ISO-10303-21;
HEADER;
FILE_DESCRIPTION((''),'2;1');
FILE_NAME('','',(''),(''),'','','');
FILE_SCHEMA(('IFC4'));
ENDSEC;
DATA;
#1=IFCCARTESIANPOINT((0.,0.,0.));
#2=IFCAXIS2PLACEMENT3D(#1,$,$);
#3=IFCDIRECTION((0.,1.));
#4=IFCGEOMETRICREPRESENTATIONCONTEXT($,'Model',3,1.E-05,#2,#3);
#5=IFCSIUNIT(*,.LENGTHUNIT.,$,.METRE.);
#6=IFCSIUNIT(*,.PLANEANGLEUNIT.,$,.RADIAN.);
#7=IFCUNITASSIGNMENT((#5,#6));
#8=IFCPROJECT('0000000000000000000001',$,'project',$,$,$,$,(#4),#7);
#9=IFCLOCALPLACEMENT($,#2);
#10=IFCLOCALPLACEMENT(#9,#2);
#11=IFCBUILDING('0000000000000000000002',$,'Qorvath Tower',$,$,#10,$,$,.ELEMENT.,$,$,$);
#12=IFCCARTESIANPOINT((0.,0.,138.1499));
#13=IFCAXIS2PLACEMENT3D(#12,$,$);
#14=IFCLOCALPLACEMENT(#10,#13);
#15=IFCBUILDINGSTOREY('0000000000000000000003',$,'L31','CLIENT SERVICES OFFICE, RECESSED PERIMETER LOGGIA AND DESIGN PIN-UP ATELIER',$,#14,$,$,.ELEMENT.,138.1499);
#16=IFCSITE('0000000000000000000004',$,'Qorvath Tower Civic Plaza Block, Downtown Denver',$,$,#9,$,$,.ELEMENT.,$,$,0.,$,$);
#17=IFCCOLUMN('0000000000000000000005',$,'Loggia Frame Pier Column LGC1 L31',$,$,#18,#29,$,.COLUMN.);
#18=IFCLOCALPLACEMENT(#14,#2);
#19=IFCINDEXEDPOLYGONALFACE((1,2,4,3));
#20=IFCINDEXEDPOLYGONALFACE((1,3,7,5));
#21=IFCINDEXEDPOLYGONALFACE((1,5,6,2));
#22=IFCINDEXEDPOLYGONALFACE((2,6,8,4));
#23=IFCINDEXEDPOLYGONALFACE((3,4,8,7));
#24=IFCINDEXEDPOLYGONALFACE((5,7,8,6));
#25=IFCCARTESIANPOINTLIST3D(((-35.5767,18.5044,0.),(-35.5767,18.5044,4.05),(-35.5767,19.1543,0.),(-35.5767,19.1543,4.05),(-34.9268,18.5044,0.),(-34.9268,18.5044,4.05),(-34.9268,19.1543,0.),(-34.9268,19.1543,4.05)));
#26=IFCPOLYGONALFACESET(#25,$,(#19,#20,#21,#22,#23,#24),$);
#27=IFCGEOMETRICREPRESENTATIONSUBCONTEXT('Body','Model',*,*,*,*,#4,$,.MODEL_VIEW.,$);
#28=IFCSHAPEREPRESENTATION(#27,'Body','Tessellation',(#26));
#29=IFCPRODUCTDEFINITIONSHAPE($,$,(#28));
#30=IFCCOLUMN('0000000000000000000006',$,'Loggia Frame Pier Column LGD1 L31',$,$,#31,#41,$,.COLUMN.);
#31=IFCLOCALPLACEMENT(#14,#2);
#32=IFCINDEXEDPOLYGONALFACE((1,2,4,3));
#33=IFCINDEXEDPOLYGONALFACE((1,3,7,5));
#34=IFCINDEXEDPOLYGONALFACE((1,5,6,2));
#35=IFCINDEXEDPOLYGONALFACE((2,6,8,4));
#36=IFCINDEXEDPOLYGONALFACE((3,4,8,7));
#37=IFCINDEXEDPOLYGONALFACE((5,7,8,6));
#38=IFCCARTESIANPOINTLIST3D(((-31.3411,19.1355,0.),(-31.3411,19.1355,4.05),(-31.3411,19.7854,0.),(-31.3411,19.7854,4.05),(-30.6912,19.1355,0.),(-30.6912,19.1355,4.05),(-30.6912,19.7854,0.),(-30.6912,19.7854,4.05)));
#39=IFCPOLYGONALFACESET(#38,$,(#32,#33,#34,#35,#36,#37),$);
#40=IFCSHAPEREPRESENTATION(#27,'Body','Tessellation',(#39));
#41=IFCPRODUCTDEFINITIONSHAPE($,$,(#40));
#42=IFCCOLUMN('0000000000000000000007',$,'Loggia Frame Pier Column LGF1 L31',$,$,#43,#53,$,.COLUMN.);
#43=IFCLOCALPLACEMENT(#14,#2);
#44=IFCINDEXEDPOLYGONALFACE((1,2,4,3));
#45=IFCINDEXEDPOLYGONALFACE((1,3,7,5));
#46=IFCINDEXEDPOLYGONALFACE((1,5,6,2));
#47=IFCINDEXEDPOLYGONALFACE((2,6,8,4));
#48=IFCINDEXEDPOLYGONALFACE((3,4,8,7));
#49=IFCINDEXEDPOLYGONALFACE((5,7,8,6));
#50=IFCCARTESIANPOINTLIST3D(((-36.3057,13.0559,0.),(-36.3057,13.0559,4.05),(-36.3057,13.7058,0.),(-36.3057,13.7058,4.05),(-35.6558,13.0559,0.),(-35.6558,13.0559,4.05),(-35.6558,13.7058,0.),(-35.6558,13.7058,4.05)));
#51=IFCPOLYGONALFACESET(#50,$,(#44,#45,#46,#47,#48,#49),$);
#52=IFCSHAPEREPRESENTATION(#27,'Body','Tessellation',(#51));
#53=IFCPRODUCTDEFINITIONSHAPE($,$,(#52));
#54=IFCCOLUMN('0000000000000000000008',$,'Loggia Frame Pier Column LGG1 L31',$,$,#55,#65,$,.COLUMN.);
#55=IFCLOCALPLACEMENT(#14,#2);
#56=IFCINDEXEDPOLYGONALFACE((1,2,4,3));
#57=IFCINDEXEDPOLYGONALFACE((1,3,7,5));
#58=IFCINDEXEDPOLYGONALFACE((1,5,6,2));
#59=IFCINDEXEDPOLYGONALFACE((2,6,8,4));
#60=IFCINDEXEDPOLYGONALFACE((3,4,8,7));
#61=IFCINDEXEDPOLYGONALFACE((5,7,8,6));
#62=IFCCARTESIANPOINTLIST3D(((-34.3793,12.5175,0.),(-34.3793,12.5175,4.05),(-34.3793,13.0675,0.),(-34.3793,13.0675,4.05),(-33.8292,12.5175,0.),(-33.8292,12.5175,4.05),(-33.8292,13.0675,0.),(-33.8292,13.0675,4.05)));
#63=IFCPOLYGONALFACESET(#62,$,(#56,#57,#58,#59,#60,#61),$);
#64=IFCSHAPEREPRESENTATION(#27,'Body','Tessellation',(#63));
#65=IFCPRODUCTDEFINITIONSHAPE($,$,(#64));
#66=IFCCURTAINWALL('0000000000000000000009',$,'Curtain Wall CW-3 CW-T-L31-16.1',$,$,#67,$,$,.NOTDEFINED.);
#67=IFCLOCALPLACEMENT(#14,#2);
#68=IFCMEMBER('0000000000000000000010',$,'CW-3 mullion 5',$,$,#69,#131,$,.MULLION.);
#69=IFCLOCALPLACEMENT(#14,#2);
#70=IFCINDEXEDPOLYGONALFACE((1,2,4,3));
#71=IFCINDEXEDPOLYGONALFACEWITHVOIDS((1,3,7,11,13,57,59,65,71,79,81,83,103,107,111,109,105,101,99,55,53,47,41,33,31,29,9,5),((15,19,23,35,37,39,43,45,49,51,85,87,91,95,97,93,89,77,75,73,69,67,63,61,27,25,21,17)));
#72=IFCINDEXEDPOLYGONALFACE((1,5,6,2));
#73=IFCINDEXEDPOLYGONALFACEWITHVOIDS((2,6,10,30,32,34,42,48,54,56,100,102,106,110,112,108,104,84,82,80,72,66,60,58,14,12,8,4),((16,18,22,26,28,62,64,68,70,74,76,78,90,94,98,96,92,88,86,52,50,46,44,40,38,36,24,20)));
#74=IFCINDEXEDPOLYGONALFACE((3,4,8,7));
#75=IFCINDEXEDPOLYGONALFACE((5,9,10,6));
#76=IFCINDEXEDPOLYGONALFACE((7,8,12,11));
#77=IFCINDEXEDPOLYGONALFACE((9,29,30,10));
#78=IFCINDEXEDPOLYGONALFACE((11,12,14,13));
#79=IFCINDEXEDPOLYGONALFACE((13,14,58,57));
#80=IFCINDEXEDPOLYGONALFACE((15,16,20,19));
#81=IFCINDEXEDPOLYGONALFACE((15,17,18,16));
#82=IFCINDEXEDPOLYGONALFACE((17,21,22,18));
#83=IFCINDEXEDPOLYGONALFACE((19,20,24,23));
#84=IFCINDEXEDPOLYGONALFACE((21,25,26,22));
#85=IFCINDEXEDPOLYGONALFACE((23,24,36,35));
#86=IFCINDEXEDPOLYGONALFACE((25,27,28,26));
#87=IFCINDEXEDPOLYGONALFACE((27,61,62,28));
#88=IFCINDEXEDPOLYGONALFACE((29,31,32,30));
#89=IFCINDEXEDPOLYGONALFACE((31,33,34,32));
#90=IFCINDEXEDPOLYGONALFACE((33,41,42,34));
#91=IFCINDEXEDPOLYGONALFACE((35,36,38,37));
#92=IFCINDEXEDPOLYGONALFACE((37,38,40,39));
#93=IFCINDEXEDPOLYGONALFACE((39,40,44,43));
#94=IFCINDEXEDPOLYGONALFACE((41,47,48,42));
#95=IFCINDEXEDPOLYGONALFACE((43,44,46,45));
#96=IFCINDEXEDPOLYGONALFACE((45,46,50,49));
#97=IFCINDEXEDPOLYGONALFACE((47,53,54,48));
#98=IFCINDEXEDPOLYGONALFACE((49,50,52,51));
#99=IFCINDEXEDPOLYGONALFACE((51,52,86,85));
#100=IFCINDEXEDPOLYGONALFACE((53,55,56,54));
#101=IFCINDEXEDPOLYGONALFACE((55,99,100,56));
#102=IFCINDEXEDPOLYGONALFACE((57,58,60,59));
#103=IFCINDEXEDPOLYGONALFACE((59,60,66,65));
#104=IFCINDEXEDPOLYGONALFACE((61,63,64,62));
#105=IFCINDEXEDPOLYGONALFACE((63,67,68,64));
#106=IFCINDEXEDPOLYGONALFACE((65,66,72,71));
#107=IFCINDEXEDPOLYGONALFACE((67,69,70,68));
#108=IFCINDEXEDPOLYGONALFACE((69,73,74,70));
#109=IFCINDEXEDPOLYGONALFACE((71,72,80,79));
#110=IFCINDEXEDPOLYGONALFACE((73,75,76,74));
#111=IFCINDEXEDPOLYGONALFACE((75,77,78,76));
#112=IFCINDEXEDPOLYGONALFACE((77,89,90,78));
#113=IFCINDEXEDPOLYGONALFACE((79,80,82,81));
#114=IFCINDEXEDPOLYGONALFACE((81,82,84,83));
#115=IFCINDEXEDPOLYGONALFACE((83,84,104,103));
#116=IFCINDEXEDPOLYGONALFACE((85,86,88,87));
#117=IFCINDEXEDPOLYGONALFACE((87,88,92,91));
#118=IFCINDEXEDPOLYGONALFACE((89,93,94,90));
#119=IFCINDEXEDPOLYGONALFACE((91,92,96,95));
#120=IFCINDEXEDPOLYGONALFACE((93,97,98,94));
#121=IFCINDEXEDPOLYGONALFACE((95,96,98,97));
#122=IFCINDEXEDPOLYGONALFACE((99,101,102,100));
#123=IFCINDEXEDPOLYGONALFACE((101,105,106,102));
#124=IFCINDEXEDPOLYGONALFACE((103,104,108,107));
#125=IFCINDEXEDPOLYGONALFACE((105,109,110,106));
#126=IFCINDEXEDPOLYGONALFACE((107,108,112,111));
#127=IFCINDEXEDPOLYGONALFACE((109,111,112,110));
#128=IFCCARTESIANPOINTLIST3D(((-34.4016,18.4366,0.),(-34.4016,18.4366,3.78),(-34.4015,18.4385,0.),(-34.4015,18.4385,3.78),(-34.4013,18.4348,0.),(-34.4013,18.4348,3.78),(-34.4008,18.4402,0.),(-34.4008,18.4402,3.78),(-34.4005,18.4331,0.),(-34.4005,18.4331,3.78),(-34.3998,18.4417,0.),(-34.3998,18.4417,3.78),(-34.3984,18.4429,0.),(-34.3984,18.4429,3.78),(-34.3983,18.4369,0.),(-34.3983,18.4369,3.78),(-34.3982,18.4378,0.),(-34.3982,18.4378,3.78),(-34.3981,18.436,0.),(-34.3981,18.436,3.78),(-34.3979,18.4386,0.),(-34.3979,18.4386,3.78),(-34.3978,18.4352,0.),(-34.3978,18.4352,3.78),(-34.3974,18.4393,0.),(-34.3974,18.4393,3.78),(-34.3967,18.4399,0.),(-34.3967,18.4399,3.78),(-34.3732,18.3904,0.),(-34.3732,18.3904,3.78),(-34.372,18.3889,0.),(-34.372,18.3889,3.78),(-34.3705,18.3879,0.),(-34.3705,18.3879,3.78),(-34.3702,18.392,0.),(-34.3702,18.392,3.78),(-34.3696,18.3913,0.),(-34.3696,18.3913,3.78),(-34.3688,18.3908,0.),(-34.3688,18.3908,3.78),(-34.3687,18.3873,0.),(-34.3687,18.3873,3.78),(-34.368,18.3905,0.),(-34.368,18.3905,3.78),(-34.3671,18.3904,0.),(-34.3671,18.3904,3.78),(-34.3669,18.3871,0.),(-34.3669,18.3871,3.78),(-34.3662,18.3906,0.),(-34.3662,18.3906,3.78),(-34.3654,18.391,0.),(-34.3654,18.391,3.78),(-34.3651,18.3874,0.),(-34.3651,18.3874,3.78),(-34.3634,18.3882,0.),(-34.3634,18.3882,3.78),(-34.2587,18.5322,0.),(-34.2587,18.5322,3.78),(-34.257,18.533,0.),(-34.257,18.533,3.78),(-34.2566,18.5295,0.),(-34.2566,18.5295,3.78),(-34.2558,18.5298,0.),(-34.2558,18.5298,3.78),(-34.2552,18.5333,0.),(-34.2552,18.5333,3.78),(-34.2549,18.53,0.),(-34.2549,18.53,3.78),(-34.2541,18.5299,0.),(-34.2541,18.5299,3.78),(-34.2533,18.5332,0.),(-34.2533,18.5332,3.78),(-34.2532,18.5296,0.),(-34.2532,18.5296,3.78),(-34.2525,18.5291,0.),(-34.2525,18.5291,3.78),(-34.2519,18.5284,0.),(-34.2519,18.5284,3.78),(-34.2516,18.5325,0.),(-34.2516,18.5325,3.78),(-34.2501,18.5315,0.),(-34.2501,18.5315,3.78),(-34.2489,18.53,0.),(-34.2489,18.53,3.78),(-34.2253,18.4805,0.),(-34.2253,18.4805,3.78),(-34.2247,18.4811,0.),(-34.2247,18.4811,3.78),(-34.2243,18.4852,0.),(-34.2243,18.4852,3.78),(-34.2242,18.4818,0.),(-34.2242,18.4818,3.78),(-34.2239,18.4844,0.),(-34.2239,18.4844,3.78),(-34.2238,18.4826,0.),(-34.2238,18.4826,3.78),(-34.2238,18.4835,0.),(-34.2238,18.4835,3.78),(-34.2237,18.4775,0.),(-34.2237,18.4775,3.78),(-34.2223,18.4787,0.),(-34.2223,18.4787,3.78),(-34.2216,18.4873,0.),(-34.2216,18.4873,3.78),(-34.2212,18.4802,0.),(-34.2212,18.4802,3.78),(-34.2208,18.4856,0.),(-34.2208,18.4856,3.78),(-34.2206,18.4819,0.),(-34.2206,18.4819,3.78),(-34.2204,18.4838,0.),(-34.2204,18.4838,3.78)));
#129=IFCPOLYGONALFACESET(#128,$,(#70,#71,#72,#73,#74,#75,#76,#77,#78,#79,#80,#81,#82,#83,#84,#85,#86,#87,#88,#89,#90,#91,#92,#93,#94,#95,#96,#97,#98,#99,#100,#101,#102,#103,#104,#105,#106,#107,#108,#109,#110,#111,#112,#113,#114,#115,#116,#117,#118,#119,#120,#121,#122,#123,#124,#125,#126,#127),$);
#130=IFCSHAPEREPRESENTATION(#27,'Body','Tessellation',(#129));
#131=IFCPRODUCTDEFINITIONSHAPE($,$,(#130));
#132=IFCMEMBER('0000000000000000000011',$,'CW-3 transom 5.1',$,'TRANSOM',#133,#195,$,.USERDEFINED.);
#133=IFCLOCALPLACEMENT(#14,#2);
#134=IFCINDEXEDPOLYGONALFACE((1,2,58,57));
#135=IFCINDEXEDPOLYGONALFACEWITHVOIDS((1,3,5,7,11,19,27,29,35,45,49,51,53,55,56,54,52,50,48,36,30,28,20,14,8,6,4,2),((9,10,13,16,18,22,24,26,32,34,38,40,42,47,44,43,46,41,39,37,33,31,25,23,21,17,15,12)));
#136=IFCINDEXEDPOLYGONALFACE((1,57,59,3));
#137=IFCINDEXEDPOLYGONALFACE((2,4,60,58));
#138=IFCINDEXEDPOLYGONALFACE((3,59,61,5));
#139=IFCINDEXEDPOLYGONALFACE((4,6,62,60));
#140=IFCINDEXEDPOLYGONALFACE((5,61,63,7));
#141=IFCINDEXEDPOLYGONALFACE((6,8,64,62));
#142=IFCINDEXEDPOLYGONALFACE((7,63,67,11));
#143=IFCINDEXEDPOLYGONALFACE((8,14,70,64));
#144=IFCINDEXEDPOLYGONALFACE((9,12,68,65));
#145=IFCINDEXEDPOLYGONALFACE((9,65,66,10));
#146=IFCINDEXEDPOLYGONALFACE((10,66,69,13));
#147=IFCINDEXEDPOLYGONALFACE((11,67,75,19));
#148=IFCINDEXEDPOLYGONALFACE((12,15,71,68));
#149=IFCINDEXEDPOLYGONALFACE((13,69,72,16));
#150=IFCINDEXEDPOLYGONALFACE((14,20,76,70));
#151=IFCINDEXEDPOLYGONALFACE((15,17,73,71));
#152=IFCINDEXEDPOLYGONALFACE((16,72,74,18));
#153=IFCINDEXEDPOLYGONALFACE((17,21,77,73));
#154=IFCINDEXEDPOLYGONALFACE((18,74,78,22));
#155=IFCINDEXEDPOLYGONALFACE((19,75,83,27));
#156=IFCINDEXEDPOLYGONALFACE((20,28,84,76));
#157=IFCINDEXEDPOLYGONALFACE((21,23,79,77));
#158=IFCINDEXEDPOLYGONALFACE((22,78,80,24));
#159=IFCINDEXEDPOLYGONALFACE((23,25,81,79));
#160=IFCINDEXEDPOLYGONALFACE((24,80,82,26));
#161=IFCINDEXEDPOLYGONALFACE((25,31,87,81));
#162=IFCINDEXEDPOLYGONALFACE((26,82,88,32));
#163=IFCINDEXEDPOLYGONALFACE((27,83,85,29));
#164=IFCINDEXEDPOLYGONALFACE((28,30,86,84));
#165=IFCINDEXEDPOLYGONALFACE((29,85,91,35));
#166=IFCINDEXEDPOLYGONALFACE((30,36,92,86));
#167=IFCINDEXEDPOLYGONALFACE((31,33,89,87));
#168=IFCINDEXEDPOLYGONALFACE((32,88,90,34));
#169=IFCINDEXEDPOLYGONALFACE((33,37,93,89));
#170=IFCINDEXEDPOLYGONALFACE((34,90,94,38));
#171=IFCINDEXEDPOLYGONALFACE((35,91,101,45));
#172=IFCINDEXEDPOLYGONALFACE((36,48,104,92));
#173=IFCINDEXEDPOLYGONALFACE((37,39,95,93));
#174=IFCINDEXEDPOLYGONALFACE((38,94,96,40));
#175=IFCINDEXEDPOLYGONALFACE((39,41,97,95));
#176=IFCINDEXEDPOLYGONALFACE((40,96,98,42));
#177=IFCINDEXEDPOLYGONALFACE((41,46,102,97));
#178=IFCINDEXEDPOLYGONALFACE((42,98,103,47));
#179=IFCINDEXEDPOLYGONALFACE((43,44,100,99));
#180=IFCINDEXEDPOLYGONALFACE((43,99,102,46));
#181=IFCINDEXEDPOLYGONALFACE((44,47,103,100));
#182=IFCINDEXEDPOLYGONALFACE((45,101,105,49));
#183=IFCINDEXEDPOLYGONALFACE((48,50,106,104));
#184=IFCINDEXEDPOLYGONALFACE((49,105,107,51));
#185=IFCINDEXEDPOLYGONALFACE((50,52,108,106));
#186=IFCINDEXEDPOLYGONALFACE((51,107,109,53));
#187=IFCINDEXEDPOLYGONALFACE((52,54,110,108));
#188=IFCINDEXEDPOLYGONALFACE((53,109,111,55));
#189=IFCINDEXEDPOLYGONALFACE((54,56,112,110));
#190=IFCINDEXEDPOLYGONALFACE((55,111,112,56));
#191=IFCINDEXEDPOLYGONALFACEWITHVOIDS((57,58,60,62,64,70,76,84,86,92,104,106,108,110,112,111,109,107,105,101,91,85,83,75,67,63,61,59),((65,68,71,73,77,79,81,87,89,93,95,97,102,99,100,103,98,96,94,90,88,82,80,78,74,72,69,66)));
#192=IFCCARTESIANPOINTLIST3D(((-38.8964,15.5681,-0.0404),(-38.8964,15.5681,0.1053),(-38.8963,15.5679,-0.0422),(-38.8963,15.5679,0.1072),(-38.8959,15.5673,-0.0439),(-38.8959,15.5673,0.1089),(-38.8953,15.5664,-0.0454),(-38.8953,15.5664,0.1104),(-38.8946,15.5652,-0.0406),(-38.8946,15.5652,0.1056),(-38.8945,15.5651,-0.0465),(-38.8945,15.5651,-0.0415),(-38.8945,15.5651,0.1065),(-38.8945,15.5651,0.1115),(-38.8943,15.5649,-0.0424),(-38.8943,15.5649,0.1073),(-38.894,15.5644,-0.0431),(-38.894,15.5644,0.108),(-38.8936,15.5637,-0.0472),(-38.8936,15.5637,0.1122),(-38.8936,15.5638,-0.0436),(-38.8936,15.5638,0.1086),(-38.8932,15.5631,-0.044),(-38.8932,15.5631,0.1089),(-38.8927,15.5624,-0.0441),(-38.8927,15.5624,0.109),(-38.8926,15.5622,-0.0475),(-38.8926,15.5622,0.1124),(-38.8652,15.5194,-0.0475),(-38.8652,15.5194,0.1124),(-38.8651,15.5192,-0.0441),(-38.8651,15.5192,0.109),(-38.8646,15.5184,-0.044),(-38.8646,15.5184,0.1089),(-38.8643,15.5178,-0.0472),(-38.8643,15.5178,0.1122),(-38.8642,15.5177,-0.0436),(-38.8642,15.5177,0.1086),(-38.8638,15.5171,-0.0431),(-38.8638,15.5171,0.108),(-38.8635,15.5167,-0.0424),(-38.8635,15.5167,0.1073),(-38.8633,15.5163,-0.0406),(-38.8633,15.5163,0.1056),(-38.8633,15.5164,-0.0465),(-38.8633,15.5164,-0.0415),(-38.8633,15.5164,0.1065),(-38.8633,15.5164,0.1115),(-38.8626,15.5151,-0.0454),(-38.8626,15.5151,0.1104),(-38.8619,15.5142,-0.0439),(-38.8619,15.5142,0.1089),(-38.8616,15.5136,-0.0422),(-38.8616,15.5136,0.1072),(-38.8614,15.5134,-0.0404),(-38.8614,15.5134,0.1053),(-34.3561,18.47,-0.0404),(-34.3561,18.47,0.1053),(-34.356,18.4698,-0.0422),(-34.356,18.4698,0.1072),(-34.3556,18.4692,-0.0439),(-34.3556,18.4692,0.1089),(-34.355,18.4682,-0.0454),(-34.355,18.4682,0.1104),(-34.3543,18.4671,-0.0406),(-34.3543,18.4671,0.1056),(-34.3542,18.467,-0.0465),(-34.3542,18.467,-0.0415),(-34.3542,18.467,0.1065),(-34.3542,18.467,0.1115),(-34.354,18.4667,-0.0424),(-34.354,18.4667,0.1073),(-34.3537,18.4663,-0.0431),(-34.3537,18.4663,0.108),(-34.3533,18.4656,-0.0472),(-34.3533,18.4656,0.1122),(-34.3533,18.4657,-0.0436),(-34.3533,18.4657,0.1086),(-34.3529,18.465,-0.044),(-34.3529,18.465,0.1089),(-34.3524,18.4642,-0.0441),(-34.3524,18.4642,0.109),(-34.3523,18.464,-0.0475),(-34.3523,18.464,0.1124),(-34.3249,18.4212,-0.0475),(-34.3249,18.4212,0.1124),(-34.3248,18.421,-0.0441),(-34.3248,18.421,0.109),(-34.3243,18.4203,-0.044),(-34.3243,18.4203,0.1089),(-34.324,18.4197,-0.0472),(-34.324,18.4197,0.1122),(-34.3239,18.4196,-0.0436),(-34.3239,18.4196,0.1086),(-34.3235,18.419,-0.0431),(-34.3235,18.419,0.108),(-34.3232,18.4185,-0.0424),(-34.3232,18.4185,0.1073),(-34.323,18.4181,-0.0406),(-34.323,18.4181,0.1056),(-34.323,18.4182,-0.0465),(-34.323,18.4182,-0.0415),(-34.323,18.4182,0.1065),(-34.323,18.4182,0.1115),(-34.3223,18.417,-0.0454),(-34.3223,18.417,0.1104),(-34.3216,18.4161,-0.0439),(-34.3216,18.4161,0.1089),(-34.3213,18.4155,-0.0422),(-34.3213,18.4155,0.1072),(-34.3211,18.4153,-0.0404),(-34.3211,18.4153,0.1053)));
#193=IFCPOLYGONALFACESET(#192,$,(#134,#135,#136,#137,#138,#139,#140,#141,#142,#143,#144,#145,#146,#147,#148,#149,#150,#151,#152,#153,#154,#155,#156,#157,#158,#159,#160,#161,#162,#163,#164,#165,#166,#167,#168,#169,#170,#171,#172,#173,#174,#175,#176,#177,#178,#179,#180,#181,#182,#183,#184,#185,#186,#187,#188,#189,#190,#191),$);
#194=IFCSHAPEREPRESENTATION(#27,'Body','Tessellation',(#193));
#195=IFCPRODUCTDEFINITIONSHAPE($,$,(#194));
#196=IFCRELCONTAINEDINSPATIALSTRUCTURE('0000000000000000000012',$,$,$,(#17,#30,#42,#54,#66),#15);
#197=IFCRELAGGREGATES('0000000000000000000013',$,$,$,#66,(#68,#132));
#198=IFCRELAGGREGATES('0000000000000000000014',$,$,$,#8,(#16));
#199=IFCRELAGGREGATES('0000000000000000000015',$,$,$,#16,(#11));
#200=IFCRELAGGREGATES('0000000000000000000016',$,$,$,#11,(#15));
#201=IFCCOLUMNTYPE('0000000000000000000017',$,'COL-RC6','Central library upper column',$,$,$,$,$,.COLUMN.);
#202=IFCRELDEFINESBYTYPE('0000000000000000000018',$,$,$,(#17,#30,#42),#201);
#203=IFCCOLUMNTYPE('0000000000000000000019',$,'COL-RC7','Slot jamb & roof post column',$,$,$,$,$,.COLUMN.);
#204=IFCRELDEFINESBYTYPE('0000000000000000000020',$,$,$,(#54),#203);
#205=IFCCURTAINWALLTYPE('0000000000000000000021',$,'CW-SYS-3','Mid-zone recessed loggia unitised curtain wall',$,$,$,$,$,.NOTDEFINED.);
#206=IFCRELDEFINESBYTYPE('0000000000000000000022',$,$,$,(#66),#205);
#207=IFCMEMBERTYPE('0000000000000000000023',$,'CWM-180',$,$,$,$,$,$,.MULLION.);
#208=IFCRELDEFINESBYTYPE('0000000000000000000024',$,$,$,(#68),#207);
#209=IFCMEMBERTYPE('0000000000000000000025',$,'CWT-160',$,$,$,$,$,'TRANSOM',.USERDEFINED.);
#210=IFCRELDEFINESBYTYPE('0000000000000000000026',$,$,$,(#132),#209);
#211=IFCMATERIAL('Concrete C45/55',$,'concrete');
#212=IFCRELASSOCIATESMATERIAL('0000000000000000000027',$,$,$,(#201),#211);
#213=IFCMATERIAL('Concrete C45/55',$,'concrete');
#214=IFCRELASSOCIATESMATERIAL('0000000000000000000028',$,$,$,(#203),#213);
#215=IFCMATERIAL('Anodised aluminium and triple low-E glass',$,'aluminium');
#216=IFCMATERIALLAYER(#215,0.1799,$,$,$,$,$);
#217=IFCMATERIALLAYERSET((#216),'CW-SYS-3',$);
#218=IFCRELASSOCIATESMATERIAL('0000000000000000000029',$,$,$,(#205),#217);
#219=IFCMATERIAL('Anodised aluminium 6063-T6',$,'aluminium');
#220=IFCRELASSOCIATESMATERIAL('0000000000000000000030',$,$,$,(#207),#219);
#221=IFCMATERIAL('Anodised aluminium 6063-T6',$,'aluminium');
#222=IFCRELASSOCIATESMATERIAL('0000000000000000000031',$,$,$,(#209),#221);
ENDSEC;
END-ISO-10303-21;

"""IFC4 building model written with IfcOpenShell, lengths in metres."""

from ifc_helpers import new_model, si_unit, direction, frame, origin, origin_2d, place, context, subcontext, project, spatial, rectangle, hollow_rectangle, extrude, material, layer, layer_set, material_profile, profile_set, type_object, element, aggregate, save


model = new_model("IFC4")

# Units and contexts
model_context = context("Model", 3, precision=1e-05, world=origin(), true_north=direction((0.0, 1.0)))
body_context = subcontext(model_context, "Body", "Model", "MODEL_VIEW")
ifc_project = project(units=[si_unit("LENGTHUNIT", "METRE"), si_unit("PLANEANGLEUNIT", "RADIAN")], contexts=[model_context])

# Site, building, storey
site_placement = place(None, origin())
site = spatial("IfcSite", under=ifc_project, at=site_placement, Name="Qorvath Tower Civic Plaza Block, Downtown Denver", CompositionType="ELEMENT", RefElevation=0.0)
building_placement = place(site_placement, origin())
building = spatial("IfcBuilding", under=site, at=building_placement, Name="Qorvath Tower", CompositionType="ELEMENT")
storey_placement = place(building_placement, frame((0.0, 0.0, 138.1499)))
storey = spatial("IfcBuildingStorey", under=building, at=storey_placement, Name="L31", Description="CLIENT SERVICES OFFICE, RECESSED PERIMETER LOGGIA AND DESIGN PIN-UP ATELIER", CompositionType="ELEMENT", Elevation=138.1499)

# Columns
ifc_material_1 = material(Name="Concrete C45/55", Category="concrete")
ifc_material_profile_1 = material_profile(ifc_material_1, rectangle(XDim=0.6499, YDim=0.6499, at=origin_2d()), Name="RC 650x650")
ifc_profile_set_1 = profile_set([ifc_material_profile_1], Name="Concrete C45/55")
column_type_1 = type_object("IfcColumnType", Name="COL-RC6", Description="Central library upper column", PredefinedType="COLUMN", material=ifc_profile_set_1)
for number, where, z_axis, x_axis, name in (
    (1, (-35.2517, 18.8293, 0.0), (0.0, 0.0, 1.0), (1.0, 0.0, 0.0), "Loggia Frame Pier Column LGC1 L31"),
    (2, (-31.0161, 19.4604, 0.0), (0.0, 0.0, 1.0), (1.0, 0.0, 0.0), "Loggia Frame Pier Column LGD1 L31"),
    (3, (-35.9807, 13.3809, 0.0), (0.0, 0.0, 1.0), (1.0, 0.0, 0.0), "Loggia Frame Pier Column LGF1 L31"),
):
    element("IfcColumn", number, at=place(storey_placement, frame(where, z_axis=z_axis, x_axis=x_axis)), inside=storey, type_object=column_type_1, Name=name, PredefinedType="COLUMN", context=body_context, shape_type="SweptSolid", body=[
        extrude(rectangle(XDim=0.6499, YDim=0.6499, at=origin_2d()), origin(), (0.0, 0.0, 1.0), 4.05),
    ])
ifc_material_2 = material(Name="Concrete C45/55", Category="concrete")
ifc_material_profile_2 = material_profile(ifc_material_2, rectangle(XDim=0.55, YDim=0.55, at=origin_2d()), Name="RC 550x550")
ifc_profile_set_2 = profile_set([ifc_material_profile_2], Name="Concrete C45/55")
column_type_2 = type_object("IfcColumnType", Name="COL-RC7", Description="Slot jamb & roof post column", PredefinedType="COLUMN", material=ifc_profile_set_2)
column_placement = place(storey_placement, frame((-34.1042, 12.7925, 0.0), z_axis=(0.0, 0.0, 1.0), x_axis=(1.0, 0.0, 0.0)))
element("IfcColumn", 4, at=column_placement, inside=storey, type_object=column_type_2, Name="Loggia Frame Pier Column LGG1 L31", PredefinedType="COLUMN", context=body_context, shape_type="SweptSolid", body=[
    extrude(rectangle(XDim=0.55, YDim=0.55, at=origin_2d()), origin(), (0.0, 0.0, 1.0), 4.05),
])

# Curtain wall, members
ifc_material_3 = material(Name="Anodised aluminium and triple low-E glass", Category="aluminium")
ifc_layer_1 = layer(ifc_material_3, 0.1799)
ifc_layer_set_1 = layer_set([ifc_layer_1], Name="CW-SYS-3")
curtain_wall_type = type_object("IfcCurtainWallType", Name="CW-SYS-3", Description="Mid-zone recessed loggia unitised curtain wall", PredefinedType="NOTDEFINED", material=ifc_layer_set_1)
curtain_wall_placement = place(storey_placement, origin())
curtain_wall = element("IfcCurtainWall", 5, at=curtain_wall_placement, inside=storey, type_object=curtain_wall_type, Name="Curtain Wall CW-3 CW-T-L31-16.1", PredefinedType="NOTDEFINED")
ifc_material_4 = material(Name="Anodised aluminium 6063-T6", Category="aluminium")
ifc_material_profile_3 = material_profile(ifc_material_4, hollow_rectangle(XDim=0.0649, YDim=0.1799, WallThickness=0.0034, InnerFilletRadius=0.0034, OuterFilletRadius=0.0071, at=origin_2d()), Name="CWM 180x65")
ifc_profile_set_3 = profile_set([ifc_material_profile_3], Name="Anodised aluminium 6063-T6")
member_type_1 = type_object("IfcMemberType", Name="CWM-180", PredefinedType="MULLION", material=ifc_profile_set_3)
member_1_placement = place(storey_placement, frame((-34.311, 18.4602, 0.0), z_axis=(0.0, 0.0, 1.0), x_axis=(0.538534, -0.842604, 0.0)))
member_1 = element("IfcMember", 6, at=member_1_placement, type_object=member_type_1, Name="CW-3 mullion 5", PredefinedType="MULLION", context=body_context, shape_type="SweptSolid", body=[
    extrude(hollow_rectangle(XDim=0.0649, YDim=0.1799, WallThickness=0.0034, InnerFilletRadius=0.0034, OuterFilletRadius=0.0071, at=origin_2d()), origin(), (0.0, 0.0, 1.0), 3.78),
])
ifc_material_5 = material(Name="Anodised aluminium 6063-T6", Category="aluminium")
ifc_material_profile_4 = material_profile(ifc_material_5, hollow_rectangle(XDim=0.0649, YDim=0.1599, WallThickness=0.0034, InnerFilletRadius=0.0034, OuterFilletRadius=0.0071, at=origin_2d()), Name="CWT 160x65")
ifc_profile_set_4 = profile_set([ifc_material_profile_4], Name="Anodised aluminium 6063-T6")
member_type_2 = type_object("IfcMemberType", Name="CWT-160", ElementType="TRANSOM", PredefinedType="USERDEFINED", material=ifc_profile_set_4)
member_2_placement = place(storey_placement, frame((-34.3386, 18.4426, 0.0325), z_axis=(-0.842602, -0.538537, 0.0), x_axis=(0.538537, -0.842602, 0.0)))
member_2 = element("IfcMember", 7, at=member_2_placement, type_object=member_type_2, Name="CW-3 transom 5.1", ObjectType="TRANSOM", PredefinedType="USERDEFINED", context=body_context, shape_type="SweptSolid", body=[
    extrude(hollow_rectangle(XDim=0.0649, YDim=0.1599, WallThickness=0.0034, InnerFilletRadius=0.0034, OuterFilletRadius=0.0071, at=origin_2d()), origin(), (0.0, 0.0, 1.0), 5.3884),
])
aggregate(curtain_wall, [member_1, member_2])

save(model, "model.ifc")
